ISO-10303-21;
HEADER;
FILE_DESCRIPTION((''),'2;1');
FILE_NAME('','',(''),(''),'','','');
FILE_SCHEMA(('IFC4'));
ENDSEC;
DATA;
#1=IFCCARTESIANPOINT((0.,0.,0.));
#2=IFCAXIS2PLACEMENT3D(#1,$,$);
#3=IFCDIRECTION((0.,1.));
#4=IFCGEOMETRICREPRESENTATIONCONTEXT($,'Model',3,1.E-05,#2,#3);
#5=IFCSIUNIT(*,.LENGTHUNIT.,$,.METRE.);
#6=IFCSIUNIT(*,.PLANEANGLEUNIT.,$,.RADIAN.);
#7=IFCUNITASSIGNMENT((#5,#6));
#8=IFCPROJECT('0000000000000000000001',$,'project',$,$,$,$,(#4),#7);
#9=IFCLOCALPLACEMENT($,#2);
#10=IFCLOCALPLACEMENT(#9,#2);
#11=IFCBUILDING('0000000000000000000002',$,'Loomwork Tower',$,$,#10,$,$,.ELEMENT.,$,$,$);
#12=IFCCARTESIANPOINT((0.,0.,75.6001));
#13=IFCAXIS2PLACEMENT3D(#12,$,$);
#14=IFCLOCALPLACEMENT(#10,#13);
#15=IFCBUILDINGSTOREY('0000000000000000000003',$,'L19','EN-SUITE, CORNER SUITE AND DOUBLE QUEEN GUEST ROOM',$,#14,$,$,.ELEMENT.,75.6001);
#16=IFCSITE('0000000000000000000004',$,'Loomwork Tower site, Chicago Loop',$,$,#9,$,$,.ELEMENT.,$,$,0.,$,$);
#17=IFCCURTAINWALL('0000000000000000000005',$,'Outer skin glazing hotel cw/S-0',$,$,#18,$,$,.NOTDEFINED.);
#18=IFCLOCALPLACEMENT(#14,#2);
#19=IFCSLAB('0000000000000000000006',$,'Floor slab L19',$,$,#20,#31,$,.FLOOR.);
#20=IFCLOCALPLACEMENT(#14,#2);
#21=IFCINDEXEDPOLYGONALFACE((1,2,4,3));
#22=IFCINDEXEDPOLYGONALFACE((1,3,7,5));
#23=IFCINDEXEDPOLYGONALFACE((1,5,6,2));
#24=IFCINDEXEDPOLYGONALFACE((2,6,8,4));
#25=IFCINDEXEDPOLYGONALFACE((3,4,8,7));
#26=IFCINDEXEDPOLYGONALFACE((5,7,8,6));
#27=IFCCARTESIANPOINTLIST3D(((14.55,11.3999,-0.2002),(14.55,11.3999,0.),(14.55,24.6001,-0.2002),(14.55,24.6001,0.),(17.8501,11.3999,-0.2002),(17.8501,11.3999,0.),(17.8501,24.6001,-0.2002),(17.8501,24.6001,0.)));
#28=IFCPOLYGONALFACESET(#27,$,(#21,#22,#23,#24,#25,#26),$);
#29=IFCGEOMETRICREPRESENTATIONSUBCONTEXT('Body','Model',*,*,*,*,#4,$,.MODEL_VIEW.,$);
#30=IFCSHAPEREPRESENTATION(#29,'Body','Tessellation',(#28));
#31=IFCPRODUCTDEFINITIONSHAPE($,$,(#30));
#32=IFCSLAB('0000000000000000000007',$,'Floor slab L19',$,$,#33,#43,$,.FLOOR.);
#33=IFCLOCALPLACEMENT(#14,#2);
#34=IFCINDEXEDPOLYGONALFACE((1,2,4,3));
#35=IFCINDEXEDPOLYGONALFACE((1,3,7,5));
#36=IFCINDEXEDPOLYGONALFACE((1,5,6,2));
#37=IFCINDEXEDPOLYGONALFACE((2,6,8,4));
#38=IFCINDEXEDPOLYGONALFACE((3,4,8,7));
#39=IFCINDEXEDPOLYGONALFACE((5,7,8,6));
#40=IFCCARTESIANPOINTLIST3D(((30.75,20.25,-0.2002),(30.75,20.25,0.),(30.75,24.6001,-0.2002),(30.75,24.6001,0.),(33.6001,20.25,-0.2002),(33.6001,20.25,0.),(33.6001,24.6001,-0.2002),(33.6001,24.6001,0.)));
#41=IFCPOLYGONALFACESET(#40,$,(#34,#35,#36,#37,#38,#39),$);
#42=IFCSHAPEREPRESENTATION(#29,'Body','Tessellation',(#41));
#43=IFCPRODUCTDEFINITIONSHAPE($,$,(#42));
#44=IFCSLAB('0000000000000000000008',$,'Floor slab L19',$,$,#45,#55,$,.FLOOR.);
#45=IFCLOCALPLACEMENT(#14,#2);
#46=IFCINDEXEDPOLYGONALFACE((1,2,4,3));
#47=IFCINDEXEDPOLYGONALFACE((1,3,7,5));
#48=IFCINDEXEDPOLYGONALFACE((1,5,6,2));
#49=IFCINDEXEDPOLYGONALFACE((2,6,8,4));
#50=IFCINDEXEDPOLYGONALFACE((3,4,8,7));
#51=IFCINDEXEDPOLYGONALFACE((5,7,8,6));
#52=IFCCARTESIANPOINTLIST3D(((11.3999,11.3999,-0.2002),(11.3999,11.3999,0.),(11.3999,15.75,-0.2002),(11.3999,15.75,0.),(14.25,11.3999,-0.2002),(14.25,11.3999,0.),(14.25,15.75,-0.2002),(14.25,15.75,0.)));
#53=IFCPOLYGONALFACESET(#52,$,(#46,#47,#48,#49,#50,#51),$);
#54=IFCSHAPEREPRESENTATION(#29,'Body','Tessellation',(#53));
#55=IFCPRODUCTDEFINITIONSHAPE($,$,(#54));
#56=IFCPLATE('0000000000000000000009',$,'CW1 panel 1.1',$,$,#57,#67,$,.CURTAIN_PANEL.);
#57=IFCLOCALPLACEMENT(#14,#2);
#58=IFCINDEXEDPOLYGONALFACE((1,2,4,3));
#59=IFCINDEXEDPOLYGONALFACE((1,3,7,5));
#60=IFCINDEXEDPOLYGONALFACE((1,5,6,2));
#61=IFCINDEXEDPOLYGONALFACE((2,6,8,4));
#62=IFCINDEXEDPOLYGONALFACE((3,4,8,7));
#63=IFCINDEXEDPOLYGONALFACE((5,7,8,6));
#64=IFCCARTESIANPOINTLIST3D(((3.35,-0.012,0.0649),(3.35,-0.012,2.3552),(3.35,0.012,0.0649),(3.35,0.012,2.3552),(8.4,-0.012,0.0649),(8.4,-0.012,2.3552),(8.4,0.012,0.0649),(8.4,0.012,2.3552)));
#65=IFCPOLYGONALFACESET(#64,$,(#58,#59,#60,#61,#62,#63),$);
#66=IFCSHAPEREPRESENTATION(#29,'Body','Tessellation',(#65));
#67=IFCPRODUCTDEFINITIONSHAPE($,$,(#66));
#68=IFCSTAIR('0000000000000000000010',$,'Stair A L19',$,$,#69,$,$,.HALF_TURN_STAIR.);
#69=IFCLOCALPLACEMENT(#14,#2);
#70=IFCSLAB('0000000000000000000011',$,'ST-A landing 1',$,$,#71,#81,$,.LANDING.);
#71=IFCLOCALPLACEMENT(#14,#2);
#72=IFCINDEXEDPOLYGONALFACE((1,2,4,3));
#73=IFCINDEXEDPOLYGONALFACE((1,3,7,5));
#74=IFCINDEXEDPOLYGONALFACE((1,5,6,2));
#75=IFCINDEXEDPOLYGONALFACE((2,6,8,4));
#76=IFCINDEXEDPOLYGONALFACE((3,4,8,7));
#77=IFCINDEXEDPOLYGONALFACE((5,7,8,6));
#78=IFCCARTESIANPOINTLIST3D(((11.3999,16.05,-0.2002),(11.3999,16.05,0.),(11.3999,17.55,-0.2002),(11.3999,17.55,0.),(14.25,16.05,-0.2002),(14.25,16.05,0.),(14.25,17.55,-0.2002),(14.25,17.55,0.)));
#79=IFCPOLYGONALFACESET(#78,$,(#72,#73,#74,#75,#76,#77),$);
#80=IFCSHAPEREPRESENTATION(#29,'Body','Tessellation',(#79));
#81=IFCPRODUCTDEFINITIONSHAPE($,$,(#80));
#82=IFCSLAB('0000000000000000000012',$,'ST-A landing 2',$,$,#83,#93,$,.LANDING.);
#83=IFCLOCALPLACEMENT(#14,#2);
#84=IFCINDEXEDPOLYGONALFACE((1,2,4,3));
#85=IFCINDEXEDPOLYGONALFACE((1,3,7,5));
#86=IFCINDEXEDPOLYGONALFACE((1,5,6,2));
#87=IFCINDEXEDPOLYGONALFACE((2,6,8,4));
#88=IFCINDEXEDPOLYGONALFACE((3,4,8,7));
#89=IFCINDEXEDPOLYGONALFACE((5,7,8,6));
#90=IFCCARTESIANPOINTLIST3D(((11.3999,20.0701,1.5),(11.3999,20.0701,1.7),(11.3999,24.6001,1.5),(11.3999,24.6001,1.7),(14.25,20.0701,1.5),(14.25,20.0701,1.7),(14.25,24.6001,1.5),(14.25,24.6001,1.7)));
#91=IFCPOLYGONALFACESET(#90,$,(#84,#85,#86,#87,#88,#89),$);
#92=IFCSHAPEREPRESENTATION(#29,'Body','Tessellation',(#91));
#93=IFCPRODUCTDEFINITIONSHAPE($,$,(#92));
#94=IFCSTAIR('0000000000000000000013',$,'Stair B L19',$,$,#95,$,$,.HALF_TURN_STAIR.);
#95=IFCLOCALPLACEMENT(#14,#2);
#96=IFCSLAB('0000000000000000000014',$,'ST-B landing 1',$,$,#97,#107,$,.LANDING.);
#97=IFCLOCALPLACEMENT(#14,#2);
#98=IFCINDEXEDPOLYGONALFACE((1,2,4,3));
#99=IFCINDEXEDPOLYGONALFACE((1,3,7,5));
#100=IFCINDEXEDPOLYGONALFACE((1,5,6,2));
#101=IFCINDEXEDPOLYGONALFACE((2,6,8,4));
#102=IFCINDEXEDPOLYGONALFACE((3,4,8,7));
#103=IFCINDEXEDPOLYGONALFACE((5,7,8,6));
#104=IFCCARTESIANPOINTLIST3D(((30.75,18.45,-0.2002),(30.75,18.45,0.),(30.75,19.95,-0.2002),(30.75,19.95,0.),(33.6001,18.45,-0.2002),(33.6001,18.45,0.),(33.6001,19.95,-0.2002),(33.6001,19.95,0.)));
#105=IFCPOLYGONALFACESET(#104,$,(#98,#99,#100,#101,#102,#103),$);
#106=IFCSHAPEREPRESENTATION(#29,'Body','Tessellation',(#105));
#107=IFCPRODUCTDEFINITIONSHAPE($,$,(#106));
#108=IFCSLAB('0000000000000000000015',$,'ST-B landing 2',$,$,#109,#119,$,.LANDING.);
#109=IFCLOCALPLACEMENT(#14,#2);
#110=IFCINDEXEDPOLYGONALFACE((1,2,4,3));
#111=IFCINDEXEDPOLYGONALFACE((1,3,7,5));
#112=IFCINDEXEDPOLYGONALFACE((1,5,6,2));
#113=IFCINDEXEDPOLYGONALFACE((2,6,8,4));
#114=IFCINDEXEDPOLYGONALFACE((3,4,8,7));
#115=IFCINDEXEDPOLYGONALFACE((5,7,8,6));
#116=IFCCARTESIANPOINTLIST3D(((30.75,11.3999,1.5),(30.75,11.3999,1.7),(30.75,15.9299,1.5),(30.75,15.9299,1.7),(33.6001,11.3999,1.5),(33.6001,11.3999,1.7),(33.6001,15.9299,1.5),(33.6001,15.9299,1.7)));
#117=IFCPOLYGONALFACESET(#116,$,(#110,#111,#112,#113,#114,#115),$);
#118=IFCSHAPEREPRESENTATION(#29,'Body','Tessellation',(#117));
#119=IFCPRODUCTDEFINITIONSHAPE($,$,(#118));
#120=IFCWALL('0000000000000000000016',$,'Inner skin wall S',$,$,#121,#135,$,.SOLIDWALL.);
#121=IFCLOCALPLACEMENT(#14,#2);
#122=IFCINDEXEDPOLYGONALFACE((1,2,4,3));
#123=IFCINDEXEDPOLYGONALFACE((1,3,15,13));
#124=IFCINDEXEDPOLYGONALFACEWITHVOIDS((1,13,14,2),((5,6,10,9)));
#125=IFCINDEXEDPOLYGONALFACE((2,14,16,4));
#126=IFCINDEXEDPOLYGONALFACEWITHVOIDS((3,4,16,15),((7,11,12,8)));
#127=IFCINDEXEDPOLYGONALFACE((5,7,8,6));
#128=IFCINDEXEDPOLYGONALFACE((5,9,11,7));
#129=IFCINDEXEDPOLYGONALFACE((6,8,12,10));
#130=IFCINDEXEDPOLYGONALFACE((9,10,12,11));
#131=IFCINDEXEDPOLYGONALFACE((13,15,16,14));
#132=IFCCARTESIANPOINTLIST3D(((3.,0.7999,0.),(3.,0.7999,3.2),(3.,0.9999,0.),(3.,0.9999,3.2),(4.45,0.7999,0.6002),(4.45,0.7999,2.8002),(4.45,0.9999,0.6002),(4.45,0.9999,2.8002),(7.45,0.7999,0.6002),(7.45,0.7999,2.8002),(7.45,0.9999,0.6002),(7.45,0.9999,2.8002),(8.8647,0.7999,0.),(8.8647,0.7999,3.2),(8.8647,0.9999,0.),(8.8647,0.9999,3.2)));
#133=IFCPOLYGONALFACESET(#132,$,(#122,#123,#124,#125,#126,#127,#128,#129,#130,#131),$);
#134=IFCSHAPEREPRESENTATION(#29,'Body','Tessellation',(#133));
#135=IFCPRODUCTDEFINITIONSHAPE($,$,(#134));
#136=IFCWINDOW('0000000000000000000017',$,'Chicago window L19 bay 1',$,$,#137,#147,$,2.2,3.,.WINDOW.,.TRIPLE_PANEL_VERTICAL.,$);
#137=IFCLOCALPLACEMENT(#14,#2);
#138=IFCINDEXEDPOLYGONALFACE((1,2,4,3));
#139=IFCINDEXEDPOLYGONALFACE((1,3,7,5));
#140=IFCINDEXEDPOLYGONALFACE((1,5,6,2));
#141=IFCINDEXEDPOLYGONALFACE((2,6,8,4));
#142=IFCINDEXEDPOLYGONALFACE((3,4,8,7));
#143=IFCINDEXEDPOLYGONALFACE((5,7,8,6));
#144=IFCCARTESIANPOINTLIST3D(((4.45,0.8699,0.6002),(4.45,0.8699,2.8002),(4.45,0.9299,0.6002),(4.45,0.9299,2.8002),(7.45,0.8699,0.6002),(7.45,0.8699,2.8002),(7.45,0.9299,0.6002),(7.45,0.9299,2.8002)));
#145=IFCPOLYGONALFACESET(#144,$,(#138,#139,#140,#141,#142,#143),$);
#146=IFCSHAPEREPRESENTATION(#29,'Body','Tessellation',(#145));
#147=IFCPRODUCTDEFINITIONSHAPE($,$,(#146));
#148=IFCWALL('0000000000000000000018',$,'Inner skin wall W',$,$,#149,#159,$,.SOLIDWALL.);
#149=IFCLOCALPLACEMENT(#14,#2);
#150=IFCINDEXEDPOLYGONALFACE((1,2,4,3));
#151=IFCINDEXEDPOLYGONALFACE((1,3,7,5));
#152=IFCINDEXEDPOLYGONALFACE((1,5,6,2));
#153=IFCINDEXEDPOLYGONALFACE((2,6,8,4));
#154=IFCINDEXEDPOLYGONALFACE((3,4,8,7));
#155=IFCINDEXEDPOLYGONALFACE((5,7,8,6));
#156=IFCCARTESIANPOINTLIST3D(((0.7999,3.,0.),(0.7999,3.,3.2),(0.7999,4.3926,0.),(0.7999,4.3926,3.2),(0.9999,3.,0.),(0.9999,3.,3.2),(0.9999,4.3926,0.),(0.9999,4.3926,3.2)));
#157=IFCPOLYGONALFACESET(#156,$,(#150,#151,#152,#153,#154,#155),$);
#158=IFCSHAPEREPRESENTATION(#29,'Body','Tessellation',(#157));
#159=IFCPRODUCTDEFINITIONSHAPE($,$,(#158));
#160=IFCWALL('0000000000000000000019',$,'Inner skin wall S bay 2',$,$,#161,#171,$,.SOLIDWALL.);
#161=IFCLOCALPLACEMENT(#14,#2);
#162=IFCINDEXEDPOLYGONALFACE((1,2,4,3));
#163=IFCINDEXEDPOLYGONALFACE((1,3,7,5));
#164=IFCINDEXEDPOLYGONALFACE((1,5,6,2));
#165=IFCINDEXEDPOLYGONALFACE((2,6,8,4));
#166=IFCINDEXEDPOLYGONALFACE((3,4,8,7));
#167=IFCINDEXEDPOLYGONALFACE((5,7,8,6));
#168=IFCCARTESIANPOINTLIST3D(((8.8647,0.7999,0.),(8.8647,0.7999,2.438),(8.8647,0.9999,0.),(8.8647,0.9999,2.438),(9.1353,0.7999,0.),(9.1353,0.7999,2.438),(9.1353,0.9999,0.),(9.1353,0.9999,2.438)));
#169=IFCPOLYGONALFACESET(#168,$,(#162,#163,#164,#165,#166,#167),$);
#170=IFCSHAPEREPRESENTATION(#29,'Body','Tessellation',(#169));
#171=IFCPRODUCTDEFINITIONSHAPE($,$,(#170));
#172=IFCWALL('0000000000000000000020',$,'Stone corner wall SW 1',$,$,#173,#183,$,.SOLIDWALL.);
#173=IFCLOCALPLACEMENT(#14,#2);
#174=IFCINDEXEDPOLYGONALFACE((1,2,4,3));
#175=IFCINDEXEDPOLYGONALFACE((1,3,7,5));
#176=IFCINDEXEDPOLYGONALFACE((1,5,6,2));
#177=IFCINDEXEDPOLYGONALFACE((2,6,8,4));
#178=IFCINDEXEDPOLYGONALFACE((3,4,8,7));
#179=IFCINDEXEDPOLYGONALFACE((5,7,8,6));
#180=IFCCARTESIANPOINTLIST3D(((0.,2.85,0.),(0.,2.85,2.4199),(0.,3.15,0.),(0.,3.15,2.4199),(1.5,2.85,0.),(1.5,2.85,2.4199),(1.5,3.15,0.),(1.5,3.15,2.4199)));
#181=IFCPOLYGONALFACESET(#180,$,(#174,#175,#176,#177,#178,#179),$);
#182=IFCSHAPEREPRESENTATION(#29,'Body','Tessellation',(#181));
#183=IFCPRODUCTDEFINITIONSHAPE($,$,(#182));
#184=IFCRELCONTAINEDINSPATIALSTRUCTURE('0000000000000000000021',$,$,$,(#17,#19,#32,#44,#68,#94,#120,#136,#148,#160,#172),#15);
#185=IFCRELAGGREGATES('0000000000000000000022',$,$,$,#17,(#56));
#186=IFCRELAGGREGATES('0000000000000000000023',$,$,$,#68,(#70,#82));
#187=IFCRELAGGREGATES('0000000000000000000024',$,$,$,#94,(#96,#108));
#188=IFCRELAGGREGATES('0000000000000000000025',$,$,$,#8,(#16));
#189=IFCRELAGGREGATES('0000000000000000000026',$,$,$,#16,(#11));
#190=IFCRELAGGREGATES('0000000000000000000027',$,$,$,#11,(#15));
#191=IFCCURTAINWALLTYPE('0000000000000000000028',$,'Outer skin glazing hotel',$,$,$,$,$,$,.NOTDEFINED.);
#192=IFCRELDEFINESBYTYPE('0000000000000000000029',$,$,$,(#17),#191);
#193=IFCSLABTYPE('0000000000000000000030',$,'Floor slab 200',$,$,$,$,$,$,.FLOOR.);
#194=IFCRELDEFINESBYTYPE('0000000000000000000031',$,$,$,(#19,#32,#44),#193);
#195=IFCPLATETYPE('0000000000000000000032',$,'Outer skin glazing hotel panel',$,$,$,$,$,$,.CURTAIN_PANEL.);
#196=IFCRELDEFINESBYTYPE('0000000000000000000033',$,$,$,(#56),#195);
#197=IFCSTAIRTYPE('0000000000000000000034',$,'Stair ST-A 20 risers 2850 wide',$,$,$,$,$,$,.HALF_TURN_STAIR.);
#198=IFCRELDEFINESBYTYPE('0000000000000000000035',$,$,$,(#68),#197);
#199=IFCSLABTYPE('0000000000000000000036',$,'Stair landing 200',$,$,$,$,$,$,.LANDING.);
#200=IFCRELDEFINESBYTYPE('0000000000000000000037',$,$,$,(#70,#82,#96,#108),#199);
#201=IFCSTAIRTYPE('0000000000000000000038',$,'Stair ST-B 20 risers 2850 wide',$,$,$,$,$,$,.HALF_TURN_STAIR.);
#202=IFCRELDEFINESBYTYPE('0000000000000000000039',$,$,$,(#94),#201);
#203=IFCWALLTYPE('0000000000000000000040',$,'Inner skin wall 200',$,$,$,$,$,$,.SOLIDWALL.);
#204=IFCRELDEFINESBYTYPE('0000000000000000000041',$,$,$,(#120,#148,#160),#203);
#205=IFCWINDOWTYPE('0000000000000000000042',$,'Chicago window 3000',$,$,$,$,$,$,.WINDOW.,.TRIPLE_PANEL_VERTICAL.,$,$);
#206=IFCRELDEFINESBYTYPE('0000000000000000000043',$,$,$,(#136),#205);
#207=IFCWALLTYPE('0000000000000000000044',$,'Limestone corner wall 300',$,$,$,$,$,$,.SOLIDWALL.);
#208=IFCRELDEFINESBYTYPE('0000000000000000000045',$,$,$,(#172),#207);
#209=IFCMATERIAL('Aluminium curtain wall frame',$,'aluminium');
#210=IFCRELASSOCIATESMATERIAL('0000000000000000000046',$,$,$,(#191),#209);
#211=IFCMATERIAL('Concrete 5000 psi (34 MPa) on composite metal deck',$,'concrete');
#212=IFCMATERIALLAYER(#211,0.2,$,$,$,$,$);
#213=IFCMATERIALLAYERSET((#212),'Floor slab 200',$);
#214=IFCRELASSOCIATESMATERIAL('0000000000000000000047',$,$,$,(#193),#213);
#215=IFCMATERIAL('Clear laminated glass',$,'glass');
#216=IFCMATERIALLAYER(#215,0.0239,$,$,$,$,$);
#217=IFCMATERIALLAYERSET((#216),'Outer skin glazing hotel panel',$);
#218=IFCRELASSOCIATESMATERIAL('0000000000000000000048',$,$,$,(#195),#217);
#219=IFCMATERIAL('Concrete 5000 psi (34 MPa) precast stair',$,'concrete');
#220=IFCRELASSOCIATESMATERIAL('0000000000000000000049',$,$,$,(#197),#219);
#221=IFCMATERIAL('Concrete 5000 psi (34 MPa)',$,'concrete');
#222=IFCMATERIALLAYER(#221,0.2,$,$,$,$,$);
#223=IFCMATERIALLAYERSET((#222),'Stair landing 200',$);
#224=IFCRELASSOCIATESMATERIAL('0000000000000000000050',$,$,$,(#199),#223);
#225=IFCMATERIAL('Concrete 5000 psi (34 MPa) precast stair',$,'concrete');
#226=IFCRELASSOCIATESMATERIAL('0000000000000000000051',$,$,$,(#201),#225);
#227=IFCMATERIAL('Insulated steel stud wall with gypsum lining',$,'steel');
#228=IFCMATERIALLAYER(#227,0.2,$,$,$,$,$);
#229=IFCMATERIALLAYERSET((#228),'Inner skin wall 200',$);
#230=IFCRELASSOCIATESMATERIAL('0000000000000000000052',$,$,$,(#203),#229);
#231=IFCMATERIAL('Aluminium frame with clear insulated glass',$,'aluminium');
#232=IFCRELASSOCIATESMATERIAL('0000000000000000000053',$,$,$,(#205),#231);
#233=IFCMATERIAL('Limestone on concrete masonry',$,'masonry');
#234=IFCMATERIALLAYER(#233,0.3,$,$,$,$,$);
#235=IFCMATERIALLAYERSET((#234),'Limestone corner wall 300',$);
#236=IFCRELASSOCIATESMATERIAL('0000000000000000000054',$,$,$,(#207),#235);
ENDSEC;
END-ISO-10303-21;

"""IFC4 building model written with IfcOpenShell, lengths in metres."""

from ifc_helpers import new_model, si_unit, direction, frame, frame_2d, origin, origin_2d, place, context, subcontext, project, spatial, polyline, rectangle, outline, extrude, material, layer, layer_set, type_object, element, fill, aggregate, save


model = new_model("IFC4")

# Units and contexts
model_context = context("Model", 3, precision=1e-05, world=origin(), true_north=direction((0.0, 1.0)))
body_context = subcontext(model_context, "Body", "Model", "MODEL_VIEW")
ifc_project = project(units=[si_unit("LENGTHUNIT", "METRE"), si_unit("PLANEANGLEUNIT", "RADIAN")], contexts=[model_context])

# Site, building, storey
site_placement = place(None, origin())
site = spatial("IfcSite", under=ifc_project, at=site_placement, Name="Loomwork Tower site, Chicago Loop", CompositionType="ELEMENT", RefElevation=0.0)
building_placement = place(site_placement, origin())
building = spatial("IfcBuilding", under=site, at=building_placement, Name="Loomwork Tower", CompositionType="ELEMENT")
storey_placement = place(building_placement, frame((0.0, 0.0, 75.6001)))
storey = spatial("IfcBuildingStorey", under=building, at=storey_placement, Name="L19", Description="EN-SUITE, CORNER SUITE AND DOUBLE QUEEN GUEST ROOM", CompositionType="ELEMENT", Elevation=75.6001)

# Curtain wall
ifc_material_1 = material(Name="Aluminium curtain wall frame", Category="aluminium")
curtain_wall_type = type_object("IfcCurtainWallType", Name="Outer skin glazing hotel", PredefinedType="NOTDEFINED", material=ifc_material_1)
curtain_wall_1_placement = place(storey_placement, origin())
curtain_wall_1 = element("IfcCurtainWall", 1, at=curtain_wall_1_placement, inside=storey, type_object=curtain_wall_type, Name="Outer skin glazing hotel cw/S-0", PredefinedType="NOTDEFINED")

# Slabs
ifc_material_2 = material(Name="Concrete 5000 psi (34 MPa) on composite metal deck", Category="concrete")
ifc_layer_1 = layer(ifc_material_2, 0.2)
ifc_layer_set_1 = layer_set([ifc_layer_1], Name="Floor slab 200")
slab_type_1 = type_object("IfcSlabType", Name="Floor slab 200", PredefinedType="FLOOR", material=ifc_layer_set_1)
slab_1_placement = place(storey_placement, frame((0.0, 0.0, -0.2002)))
element("IfcSlab", 2, at=slab_1_placement, inside=storey, type_object=slab_type_1, Name="Floor slab L19", PredefinedType="FLOOR", context=body_context, shape_type="SweptSolid", body=[
    extrude(outline(polyline([(14.55, 11.3999), (14.55, 24.6001), (17.8501, 24.6001), (17.8501, 11.3999), (14.55, 11.3999)])), origin(), (0.0, 0.0, 1.0), 0.2002),
])
slab_2_placement = place(storey_placement, frame((0.0, 0.0, -0.2002)))
element("IfcSlab", 3, at=slab_2_placement, inside=storey, type_object=slab_type_1, Name="Floor slab L19", PredefinedType="FLOOR", context=body_context, shape_type="SweptSolid", body=[
    extrude(outline(polyline([(33.6001, 20.25), (30.75, 20.25), (30.75, 24.6001), (33.6001, 24.6001), (33.6001, 20.25)])), origin(), (0.0, 0.0, 1.0), 0.2002),
])
slab_3_placement = place(storey_placement, frame((0.0, 0.0, -0.2002)))
element("IfcSlab", 4, at=slab_3_placement, inside=storey, type_object=slab_type_1, Name="Floor slab L19", PredefinedType="FLOOR", context=body_context, shape_type="SweptSolid", body=[
    extrude(outline(polyline([(14.25, 15.75), (14.25, 11.3999), (11.3999, 11.3999), (11.3999, 15.75), (14.25, 15.75)])), origin(), (0.0, 0.0, 1.0), 0.2002),
])

# Plate
ifc_material_3 = material(Name="Clear laminated glass", Category="glass")
ifc_layer_2 = layer(ifc_material_3, 0.0239)
ifc_layer_set_2 = layer_set([ifc_layer_2], Name="Outer skin glazing hotel panel")
plate_type = type_object("IfcPlateType", Name="Outer skin glazing hotel panel", PredefinedType="CURTAIN_PANEL", material=ifc_layer_set_2)
plate_placement = place(storey_placement, frame((5.875, 0.0, 0.0649), z_axis=(0.0, 0.0, 1.0), x_axis=(1.0, 0.0, 0.0)))
plate = element("IfcPlate", 5, at=plate_placement, type_object=plate_type, Name="CW1 panel 1.1", PredefinedType="CURTAIN_PANEL", context=body_context, shape_type="SweptSolid", body=[
    extrude(rectangle(XDim=5.05, YDim=0.0239, at=origin_2d()), origin(), (0.0, 0.0, 1.0), 2.2903),
])
aggregate(curtain_wall_1, [plate])

# Stairs, slabs
ifc_material_4 = material(Name="Concrete 5000 psi (34 MPa) precast stair", Category="concrete")
stair_type_1 = type_object("IfcStairType", Name="Stair ST-A 20 risers 2850 wide", PredefinedType="HALF_TURN_STAIR", material=ifc_material_4)
stair_1_placement = place(storey_placement, origin())
stair_1 = element("IfcStair", 6, at=stair_1_placement, inside=storey, type_object=stair_type_1, Name="Stair A L19", PredefinedType="HALF_TURN_STAIR")
ifc_material_5 = material(Name="Concrete 5000 psi (34 MPa)", Category="concrete")
ifc_layer_3 = layer(ifc_material_5, 0.2)
ifc_layer_set_3 = layer_set([ifc_layer_3], Name="Stair landing 200")
slab_type_2 = type_object("IfcSlabType", Name="Stair landing 200", PredefinedType="LANDING", material=ifc_layer_set_3)
slab_4_placement = place(storey_placement, frame((0.0, 0.0, -0.2002)))
slab_4 = element("IfcSlab", 7, at=slab_4_placement, type_object=slab_type_2, Name="ST-A landing 1", PredefinedType="LANDING", context=body_context, shape_type="SweptSolid", body=[
    extrude(outline(polyline([(11.3999, 16.05), (14.25, 16.05), (14.25, 17.55), (11.3999, 17.55), (11.3999, 16.05)])), origin(), (0.0, 0.0, 1.0), 0.2002),
])
slab_5_placement = place(storey_placement, frame((0.0, 0.0, 1.5)))
slab_5 = element("IfcSlab", 8, at=slab_5_placement, type_object=slab_type_2, Name="ST-A landing 2", PredefinedType="LANDING", context=body_context, shape_type="SweptSolid", body=[
    extrude(outline(polyline([(11.3999, 20.0701), (14.25, 20.0701), (14.25, 24.6001), (11.3999, 24.6001), (11.3999, 20.0701)])), origin(), (0.0, 0.0, 1.0), 0.2),
])
aggregate(stair_1, [slab_4, slab_5])
ifc_material_6 = material(Name="Concrete 5000 psi (34 MPa) precast stair", Category="concrete")
stair_type_2 = type_object("IfcStairType", Name="Stair ST-B 20 risers 2850 wide", PredefinedType="HALF_TURN_STAIR", material=ifc_material_6)
stair_2_placement = place(storey_placement, origin())
stair_2 = element("IfcStair", 9, at=stair_2_placement, inside=storey, type_object=stair_type_2, Name="Stair B L19", PredefinedType="HALF_TURN_STAIR")
slab_6_placement = place(storey_placement, frame((0.0, 0.0, -0.2002)))
slab_6 = element("IfcSlab", 10, at=slab_6_placement, type_object=slab_type_2, Name="ST-B landing 1", PredefinedType="LANDING", context=body_context, shape_type="SweptSolid", body=[
    extrude(outline(polyline([(30.75, 18.45), (33.6001, 18.45), (33.6001, 19.95), (30.75, 19.95), (30.75, 18.45)])), origin(), (0.0, 0.0, 1.0), 0.2002),
])
slab_7_placement = place(storey_placement, frame((0.0, 0.0, 1.5)))
slab_7 = element("IfcSlab", 11, at=slab_7_placement, type_object=slab_type_2, Name="ST-B landing 2", PredefinedType="LANDING", context=body_context, shape_type="SweptSolid", body=[
    extrude(outline(polyline([(30.75, 11.3999), (33.6001, 11.3999), (33.6001, 15.9299), (30.75, 15.9299), (30.75, 11.3999)])), origin(), (0.0, 0.0, 1.0), 0.2),
])
aggregate(stair_2, [slab_6, slab_7])

# Wall, opening, window
ifc_material_7 = material(Name="Insulated steel stud wall with gypsum lining", Category="steel")
ifc_layer_4 = layer(ifc_material_7, 0.2)
ifc_layer_set_4 = layer_set([ifc_layer_4], Name="Inner skin wall 200")
wall_type_1 = type_object("IfcWallType", Name="Inner skin wall 200", PredefinedType="SOLIDWALL", material=ifc_layer_set_4)
wall_1_placement = place(storey_placement, frame((3.0, 0.8999, 0.0), z_axis=(0.0, 0.0, 1.0), x_axis=(1.0, 0.0, 0.0)))
wall_1 = element("IfcWall", 12, at=wall_1_placement, inside=storey, type_object=wall_type_1, Name="Inner skin wall S", PredefinedType="SOLIDWALL", context=body_context, shape_type="SweptSolid", body=[
    extrude(rectangle(XDim=5.8647, YDim=0.2, at=frame_2d((2.9324, 0.0))), origin(), (0.0, 0.0, 1.0), 3.2),
])
opening_1_placement = place(wall_1_placement, frame((1.45, 0.0, 0.6001)))
opening_1 = element("IfcOpeningElement", 13, at=opening_1_placement, cuts=wall_1, PredefinedType="OPENING", context=body_context, shape_type="SweptSolid", body=[
    extrude(rectangle(XDim=3.0, YDim=2.2, at=frame_2d((1.5, 1.1001))), frame((0.0, 0.1099, 0.0), z_axis=(0.0, -1.0, 0.0), x_axis=(1.0, 0.0, 0.0)), (0.0, 0.0, 1.0), 0.22),
])
ifc_material_8 = material(Name="Aluminium frame with clear insulated glass", Category="aluminium")
window_type_1 = type_object("IfcWindowType", Name="Chicago window 3000", PartitioningType="TRIPLE_PANEL_VERTICAL", PredefinedType="WINDOW", material=ifc_material_8)
window_1_placement = place(opening_1_placement, origin())
window_1 = element("IfcWindow", 14, at=window_1_placement, inside=storey, type_object=window_type_1, Name="Chicago window L19 bay 1", OverallHeight=2.2, OverallWidth=3.0, PartitioningType="TRIPLE_PANEL_VERTICAL", PredefinedType="WINDOW", context=body_context, shape_type="SweptSolid", body=[
    extrude(rectangle(XDim=3.0, YDim=2.2, at=frame_2d((1.5, 1.1001))), frame((0.0, 0.03, 0.0), z_axis=(0.0, -1.0, 0.0), x_axis=(1.0, 0.0, 0.0)), (0.0, 0.0, 1.0), 0.0601),
])
fill(opening_1, window_1)

# Walls
wall_2_placement = place(storey_placement, frame((0.8999, 3.0, 0.0), z_axis=(0.0, 0.0, 1.0), x_axis=(0.0, 1.0, 0.0)))
element("IfcWall", 15, at=wall_2_placement, inside=storey, type_object=wall_type_1, Name="Inner skin wall W", PredefinedType="SOLIDWALL", context=body_context, shape_type="SweptSolid", body=[
    extrude(rectangle(XDim=1.3926, YDim=0.2, at=frame_2d((0.6963, 0.0))), origin(), (0.0, 0.0, 1.0), 3.2),
])
wall_3_placement = place(storey_placement, frame((8.8647, 0.8999, 0.0), z_axis=(0.0, 0.0, 1.0), x_axis=(1.0, 0.0, 0.0)))
element("IfcWall", 16, at=wall_3_placement, inside=storey, type_object=wall_type_1, Name="Inner skin wall S bay 2", PredefinedType="SOLIDWALL", context=body_context, shape_type="SweptSolid", body=[
    extrude(rectangle(XDim=0.2705, YDim=0.2, at=frame_2d((0.1353, 0.0))), origin(), (0.0, 0.0, 1.0), 2.438),
])
ifc_material_9 = material(Name="Limestone on concrete masonry", Category="masonry")
ifc_layer_5 = layer(ifc_material_9, 0.3)
ifc_layer_set_5 = layer_set([ifc_layer_5], Name="Limestone corner wall 300")
wall_type_2 = type_object("IfcWallType", Name="Limestone corner wall 300", PredefinedType="SOLIDWALL", material=ifc_layer_set_5)
wall_4_placement = place(storey_placement, frame((0.0, 3.0, 0.0), z_axis=(0.0, 0.0, 1.0), x_axis=(1.0, 0.0, 0.0)))
element("IfcWall", 17, at=wall_4_placement, inside=storey, type_object=wall_type_2, Name="Stone corner wall SW 1", PredefinedType="SOLIDWALL", context=body_context, shape_type="SweptSolid", body=[
    extrude(rectangle(XDim=1.5, YDim=0.3, at=frame_2d((0.75, 0.0))), origin(), (0.0, 0.0, 1.0), 2.4199),
])

save(model, "model.ifc")
